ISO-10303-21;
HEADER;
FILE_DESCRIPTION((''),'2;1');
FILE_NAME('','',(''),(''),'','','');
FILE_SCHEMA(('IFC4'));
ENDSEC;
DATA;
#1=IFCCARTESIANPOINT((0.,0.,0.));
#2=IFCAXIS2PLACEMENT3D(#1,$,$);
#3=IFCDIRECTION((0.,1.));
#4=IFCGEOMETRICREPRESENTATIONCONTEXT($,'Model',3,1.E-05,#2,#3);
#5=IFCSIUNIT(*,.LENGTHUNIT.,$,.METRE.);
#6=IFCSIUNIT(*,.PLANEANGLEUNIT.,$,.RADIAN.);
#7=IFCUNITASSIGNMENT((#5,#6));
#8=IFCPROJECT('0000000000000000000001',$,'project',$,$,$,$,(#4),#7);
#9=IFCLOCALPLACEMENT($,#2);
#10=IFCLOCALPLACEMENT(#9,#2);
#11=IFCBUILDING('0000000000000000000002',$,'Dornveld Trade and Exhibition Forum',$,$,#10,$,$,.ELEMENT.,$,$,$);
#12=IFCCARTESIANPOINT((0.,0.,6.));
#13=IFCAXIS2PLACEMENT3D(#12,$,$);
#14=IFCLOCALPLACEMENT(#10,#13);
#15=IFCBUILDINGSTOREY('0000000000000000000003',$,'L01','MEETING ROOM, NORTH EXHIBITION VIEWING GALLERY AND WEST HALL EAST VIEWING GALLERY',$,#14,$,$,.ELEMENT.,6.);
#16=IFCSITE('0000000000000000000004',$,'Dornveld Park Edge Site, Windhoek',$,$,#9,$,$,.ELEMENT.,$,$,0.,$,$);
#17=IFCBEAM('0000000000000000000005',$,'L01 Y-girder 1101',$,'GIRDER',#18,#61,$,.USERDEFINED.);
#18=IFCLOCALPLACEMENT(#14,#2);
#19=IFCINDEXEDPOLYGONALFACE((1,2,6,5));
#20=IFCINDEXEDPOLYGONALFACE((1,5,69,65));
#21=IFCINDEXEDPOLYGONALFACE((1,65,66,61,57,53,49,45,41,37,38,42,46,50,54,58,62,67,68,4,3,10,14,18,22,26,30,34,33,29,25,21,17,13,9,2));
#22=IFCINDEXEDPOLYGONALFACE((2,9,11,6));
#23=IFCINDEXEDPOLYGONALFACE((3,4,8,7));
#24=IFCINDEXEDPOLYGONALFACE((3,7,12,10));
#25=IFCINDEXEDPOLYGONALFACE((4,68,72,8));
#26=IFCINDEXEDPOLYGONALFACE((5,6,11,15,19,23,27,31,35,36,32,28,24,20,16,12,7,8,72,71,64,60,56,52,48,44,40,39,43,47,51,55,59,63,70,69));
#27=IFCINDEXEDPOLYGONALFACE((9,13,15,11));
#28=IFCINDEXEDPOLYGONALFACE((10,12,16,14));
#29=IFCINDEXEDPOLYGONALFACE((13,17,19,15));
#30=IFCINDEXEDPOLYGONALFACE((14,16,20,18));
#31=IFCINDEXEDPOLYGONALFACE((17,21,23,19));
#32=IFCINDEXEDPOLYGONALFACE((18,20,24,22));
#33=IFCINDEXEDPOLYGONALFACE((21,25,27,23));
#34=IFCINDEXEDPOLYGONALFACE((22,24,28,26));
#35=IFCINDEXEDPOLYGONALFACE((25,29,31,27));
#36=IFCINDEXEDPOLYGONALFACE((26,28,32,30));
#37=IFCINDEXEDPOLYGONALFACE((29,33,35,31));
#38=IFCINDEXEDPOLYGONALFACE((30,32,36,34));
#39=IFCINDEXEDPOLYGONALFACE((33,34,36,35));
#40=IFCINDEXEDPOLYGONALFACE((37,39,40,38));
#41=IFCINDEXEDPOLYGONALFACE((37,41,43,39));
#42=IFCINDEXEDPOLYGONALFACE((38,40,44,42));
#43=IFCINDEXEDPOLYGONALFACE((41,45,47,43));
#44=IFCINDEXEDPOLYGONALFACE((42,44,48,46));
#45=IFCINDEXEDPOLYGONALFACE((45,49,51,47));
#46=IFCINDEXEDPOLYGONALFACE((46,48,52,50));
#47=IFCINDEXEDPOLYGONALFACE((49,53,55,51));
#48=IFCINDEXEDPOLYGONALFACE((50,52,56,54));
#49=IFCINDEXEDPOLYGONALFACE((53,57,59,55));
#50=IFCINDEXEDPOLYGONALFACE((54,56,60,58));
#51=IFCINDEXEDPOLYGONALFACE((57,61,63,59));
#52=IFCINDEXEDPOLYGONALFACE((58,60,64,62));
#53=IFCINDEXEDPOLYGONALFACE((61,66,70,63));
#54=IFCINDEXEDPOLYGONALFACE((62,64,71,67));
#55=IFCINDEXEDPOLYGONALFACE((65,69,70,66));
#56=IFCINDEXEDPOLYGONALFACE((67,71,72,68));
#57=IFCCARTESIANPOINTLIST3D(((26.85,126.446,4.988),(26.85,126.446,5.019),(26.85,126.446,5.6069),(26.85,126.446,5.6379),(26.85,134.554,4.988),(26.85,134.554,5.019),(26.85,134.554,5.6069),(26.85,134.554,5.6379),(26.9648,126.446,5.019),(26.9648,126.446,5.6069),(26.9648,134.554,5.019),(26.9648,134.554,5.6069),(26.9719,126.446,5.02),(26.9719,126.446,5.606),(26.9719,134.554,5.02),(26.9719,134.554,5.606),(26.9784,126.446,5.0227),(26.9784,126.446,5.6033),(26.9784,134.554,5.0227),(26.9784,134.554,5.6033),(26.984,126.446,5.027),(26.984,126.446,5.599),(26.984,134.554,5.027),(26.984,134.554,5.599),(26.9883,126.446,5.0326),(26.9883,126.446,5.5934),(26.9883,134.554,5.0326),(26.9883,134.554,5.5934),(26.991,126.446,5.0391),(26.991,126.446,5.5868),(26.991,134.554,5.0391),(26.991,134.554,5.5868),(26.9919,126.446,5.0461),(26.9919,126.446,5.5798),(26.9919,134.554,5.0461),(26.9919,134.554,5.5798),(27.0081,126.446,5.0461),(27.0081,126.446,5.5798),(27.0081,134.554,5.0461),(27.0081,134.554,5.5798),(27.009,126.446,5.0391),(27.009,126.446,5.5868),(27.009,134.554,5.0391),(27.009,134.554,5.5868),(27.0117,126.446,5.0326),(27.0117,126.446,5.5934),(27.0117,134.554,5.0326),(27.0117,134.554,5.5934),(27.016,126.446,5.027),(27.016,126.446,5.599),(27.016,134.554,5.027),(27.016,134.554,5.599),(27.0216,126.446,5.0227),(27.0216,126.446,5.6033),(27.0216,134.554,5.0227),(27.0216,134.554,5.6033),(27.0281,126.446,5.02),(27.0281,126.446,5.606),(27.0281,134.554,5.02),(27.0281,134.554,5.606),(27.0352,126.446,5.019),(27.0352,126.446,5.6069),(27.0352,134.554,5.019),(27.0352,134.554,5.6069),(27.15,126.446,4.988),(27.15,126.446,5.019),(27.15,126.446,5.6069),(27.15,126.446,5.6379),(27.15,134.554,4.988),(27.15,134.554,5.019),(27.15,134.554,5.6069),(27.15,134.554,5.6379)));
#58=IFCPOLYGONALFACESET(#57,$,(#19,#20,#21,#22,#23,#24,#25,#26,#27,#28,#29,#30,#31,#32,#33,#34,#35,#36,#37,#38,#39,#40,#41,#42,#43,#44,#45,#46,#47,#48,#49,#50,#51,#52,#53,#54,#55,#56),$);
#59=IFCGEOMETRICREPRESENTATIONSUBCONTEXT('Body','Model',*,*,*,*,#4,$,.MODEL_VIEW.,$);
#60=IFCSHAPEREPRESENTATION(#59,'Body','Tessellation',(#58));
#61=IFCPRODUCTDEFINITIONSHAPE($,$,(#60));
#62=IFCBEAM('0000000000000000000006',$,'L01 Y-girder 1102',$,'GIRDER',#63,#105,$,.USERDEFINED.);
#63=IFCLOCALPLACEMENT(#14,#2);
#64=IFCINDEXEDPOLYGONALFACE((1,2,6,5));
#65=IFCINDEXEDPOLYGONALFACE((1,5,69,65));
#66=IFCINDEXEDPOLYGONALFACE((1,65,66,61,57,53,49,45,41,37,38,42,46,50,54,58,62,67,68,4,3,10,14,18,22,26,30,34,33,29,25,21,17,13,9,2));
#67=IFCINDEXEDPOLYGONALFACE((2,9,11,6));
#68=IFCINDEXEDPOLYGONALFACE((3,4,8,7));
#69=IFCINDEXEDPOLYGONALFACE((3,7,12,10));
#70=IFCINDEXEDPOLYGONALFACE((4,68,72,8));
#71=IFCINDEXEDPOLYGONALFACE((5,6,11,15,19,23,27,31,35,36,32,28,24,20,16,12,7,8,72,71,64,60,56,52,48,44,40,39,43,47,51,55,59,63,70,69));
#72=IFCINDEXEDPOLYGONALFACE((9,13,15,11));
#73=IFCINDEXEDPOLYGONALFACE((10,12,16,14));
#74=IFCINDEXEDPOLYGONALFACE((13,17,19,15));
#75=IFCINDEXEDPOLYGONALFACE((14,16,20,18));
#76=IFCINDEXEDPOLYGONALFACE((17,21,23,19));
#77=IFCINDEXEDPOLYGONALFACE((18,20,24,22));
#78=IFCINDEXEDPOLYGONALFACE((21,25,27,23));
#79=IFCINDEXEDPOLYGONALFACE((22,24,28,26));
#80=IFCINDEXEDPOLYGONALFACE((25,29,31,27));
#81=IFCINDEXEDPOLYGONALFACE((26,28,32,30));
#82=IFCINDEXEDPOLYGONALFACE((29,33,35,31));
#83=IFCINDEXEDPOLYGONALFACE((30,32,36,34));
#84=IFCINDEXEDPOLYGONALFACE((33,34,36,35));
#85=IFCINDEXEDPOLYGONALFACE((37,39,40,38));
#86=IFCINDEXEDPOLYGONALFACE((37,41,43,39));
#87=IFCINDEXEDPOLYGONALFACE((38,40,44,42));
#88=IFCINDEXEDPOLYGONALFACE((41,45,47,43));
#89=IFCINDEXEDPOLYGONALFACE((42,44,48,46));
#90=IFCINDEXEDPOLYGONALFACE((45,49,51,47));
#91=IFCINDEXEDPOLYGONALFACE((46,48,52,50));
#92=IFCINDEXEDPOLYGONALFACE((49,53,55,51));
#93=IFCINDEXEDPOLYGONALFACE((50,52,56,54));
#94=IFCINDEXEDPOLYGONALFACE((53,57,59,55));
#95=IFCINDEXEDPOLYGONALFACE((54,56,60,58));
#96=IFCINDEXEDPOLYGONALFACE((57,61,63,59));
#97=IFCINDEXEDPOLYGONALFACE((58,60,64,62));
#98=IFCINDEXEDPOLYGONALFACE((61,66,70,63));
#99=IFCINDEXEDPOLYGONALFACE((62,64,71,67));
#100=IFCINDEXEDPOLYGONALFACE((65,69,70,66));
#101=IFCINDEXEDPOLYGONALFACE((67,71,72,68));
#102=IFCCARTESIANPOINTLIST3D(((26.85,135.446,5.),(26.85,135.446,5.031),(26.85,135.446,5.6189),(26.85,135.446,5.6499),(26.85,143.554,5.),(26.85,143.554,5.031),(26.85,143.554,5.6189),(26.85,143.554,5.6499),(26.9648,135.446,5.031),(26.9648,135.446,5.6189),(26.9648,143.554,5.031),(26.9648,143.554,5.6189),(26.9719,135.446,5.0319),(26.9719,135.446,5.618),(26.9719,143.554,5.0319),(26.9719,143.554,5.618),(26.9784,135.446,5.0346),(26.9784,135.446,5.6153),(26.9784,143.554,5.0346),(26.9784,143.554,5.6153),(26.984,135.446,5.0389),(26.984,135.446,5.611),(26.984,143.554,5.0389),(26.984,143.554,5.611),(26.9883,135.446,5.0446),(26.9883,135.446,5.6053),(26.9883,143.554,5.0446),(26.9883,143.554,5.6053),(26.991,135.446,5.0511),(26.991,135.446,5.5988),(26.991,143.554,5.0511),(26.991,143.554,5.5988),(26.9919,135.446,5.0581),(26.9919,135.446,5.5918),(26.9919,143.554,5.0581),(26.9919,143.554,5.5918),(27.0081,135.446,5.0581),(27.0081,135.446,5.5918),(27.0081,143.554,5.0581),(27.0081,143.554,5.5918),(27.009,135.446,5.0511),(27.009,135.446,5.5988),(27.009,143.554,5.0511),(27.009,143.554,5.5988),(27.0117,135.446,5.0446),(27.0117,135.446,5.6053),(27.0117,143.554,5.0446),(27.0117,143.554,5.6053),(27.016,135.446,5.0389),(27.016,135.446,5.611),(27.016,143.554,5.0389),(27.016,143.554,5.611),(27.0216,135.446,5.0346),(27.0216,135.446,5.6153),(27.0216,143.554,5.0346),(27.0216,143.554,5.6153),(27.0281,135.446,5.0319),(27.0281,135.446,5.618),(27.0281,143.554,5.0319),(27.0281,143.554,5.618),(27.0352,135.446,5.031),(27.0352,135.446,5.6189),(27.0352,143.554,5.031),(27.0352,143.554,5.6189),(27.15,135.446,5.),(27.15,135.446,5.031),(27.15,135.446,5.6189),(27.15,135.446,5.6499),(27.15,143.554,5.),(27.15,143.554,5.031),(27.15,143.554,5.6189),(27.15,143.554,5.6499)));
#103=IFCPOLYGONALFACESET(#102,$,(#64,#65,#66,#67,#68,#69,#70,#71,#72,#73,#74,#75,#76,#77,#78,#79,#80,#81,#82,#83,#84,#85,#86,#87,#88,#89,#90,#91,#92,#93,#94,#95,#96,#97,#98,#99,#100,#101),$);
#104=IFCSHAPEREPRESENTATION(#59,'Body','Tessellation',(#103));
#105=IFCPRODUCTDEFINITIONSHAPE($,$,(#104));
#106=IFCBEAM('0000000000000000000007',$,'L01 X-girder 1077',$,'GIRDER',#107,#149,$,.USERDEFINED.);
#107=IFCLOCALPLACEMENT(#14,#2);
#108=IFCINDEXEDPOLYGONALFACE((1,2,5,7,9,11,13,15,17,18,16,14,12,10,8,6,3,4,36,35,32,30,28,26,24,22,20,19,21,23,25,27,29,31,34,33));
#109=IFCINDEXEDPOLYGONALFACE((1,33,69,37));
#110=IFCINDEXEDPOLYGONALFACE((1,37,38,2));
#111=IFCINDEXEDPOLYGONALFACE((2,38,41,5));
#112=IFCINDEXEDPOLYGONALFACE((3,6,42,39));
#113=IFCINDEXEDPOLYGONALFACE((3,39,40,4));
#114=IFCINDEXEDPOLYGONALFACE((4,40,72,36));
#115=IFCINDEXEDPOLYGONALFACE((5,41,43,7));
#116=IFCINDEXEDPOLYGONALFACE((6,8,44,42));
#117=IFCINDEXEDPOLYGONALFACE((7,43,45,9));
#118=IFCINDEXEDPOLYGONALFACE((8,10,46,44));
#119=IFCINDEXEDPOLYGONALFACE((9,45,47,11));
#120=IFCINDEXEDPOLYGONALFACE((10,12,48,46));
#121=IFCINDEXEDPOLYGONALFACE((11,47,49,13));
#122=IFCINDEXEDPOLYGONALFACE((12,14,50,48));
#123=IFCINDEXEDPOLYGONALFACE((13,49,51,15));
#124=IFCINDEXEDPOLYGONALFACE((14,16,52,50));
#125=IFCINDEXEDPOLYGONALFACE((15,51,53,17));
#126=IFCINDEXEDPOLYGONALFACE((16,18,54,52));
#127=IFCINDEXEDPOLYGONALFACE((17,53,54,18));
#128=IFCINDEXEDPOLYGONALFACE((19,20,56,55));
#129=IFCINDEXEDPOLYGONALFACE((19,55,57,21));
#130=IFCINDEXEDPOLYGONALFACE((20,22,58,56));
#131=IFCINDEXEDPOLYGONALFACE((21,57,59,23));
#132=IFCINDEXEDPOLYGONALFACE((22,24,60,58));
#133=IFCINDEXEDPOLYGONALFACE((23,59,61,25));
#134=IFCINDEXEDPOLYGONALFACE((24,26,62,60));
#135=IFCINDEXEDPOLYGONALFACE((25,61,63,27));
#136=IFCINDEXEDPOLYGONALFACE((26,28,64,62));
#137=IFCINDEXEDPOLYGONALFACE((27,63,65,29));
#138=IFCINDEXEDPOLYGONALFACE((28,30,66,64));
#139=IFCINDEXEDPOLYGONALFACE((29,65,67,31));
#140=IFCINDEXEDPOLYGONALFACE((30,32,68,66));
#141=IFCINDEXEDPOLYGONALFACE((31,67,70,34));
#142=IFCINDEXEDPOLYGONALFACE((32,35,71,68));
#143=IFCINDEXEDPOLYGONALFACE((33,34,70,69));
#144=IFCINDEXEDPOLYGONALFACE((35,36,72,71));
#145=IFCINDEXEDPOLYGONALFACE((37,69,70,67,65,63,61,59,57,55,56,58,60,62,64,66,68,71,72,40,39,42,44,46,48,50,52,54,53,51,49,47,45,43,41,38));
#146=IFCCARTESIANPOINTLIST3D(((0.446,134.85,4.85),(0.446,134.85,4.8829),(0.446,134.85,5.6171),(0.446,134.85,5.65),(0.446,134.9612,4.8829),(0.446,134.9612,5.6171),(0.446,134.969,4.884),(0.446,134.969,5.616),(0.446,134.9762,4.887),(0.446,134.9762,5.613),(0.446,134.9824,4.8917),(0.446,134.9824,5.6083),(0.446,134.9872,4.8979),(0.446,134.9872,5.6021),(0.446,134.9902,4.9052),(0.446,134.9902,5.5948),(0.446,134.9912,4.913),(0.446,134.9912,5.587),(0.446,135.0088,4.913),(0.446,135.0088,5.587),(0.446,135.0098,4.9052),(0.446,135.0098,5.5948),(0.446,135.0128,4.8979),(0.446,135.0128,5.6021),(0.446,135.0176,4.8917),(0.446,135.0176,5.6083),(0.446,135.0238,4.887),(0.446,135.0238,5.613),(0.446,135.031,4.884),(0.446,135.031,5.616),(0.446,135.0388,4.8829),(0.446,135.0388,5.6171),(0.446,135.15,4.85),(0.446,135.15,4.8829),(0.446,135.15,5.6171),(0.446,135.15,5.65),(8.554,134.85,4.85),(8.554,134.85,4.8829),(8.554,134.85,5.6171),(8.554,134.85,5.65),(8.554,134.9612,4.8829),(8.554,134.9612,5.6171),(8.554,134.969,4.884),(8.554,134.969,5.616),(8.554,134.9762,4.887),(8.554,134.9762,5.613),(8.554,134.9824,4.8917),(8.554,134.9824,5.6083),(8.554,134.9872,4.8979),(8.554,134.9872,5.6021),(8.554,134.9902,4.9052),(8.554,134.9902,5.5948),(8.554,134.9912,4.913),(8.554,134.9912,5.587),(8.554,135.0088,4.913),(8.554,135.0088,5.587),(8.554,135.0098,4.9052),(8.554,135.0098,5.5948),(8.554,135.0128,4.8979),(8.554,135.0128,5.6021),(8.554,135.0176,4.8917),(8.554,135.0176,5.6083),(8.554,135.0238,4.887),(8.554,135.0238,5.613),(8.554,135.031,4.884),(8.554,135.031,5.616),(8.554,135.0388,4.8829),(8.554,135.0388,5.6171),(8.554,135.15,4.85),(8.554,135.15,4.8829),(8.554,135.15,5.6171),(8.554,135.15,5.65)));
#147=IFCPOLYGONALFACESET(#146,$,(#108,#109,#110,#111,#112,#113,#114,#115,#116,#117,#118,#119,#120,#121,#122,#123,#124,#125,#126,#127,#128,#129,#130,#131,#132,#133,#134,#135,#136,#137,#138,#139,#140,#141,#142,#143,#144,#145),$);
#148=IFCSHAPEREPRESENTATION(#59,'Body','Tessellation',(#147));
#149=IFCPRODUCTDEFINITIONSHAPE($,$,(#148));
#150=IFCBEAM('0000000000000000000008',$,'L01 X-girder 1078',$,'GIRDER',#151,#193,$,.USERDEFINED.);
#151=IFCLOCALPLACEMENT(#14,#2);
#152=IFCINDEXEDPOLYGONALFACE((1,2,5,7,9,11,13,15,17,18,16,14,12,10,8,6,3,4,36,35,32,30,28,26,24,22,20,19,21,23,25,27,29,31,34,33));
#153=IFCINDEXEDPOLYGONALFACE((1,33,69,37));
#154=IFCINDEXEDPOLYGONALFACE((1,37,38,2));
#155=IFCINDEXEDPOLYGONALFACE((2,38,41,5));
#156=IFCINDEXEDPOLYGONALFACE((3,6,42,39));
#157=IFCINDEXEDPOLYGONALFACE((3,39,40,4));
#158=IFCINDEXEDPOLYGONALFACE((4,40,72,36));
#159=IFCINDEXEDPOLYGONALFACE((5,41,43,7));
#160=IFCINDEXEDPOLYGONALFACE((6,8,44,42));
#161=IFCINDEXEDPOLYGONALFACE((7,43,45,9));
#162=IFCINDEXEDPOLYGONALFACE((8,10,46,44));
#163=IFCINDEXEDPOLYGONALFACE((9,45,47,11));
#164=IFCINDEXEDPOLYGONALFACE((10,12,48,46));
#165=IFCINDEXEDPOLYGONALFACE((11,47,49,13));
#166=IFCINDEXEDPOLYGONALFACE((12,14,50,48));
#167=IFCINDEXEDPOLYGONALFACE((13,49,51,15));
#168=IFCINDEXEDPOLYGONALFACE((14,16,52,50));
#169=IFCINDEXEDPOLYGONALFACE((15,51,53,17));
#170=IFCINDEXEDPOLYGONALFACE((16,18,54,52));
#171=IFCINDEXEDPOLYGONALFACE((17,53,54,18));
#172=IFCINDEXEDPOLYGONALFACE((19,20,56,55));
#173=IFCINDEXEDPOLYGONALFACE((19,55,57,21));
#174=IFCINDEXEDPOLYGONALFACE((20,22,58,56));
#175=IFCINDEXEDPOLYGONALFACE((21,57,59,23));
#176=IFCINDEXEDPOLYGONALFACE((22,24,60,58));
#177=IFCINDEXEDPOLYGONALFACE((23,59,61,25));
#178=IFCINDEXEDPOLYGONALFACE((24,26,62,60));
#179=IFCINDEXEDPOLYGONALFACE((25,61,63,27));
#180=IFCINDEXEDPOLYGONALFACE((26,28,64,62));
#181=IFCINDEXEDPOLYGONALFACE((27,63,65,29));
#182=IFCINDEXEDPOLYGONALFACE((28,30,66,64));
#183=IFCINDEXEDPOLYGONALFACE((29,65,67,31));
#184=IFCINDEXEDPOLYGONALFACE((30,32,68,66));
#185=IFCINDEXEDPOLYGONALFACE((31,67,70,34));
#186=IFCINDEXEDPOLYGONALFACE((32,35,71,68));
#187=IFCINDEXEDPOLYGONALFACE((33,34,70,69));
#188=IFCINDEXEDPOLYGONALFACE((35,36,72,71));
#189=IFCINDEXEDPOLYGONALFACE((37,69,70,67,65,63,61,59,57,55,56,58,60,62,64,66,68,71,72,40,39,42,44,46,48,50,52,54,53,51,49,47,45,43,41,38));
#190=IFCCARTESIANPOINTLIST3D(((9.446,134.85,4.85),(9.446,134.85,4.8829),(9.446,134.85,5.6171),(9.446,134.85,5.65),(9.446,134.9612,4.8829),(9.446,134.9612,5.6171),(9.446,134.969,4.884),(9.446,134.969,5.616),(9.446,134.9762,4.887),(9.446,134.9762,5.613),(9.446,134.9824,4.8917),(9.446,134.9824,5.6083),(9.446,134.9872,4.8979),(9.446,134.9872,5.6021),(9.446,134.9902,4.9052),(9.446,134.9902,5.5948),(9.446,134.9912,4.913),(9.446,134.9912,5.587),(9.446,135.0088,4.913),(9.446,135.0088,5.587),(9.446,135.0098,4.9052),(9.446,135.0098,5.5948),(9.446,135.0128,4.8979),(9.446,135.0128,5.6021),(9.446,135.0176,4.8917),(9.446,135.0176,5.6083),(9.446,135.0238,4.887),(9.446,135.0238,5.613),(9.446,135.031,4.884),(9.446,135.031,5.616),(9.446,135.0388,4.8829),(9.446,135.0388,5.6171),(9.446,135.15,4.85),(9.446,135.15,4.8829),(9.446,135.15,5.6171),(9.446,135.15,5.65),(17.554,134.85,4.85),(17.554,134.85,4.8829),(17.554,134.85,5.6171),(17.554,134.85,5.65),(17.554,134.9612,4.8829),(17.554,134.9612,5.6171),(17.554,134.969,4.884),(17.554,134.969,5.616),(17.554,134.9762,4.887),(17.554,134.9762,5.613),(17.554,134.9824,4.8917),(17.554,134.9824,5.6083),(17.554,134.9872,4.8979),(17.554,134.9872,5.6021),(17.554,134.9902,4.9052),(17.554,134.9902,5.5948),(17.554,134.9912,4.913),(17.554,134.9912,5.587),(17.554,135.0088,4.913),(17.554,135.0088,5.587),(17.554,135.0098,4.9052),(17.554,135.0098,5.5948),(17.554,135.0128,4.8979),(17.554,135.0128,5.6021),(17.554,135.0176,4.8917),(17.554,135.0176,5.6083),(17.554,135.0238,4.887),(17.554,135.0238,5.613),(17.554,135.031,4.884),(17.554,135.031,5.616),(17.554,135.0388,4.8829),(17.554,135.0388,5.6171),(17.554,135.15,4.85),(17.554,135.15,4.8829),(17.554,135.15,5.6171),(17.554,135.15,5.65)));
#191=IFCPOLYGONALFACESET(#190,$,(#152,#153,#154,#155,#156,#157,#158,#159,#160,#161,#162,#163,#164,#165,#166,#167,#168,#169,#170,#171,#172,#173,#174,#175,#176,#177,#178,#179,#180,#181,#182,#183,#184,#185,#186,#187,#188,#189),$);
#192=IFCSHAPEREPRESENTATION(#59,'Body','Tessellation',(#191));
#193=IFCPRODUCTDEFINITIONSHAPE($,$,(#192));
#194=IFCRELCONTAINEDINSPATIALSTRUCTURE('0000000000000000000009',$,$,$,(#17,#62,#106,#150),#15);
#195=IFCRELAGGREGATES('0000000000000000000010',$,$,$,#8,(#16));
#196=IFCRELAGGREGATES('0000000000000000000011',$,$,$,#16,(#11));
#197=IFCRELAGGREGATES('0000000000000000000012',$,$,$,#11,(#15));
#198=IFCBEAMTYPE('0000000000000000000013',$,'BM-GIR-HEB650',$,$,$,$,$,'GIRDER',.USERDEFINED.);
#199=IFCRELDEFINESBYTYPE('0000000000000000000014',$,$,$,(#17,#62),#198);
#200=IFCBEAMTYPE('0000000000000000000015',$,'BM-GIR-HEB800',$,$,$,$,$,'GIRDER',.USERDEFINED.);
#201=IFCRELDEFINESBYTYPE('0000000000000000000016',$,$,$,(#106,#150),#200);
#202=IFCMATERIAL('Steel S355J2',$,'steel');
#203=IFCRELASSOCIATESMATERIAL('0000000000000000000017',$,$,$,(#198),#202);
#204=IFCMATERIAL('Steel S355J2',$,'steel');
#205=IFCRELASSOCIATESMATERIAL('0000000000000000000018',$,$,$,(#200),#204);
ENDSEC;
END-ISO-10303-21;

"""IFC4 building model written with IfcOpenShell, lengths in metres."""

from ifc_helpers import new_model, si_unit, direction, frame, origin, origin_2d, place, context, subcontext, project, spatial, i_section, extrude, material, material_profile, profile_set, type_object, element, save


model = new_model("IFC4")

# Units and contexts
model_context = context("Model", 3, precision=1e-05, world=origin(), true_north=direction((0.0, 1.0)))
body_context = subcontext(model_context, "Body", "Model", "MODEL_VIEW")
ifc_project = project(units=[si_unit("LENGTHUNIT", "METRE"), si_unit("PLANEANGLEUNIT", "RADIAN")], contexts=[model_context])

# Site, building, storey
site_placement = place(None, origin())
site = spatial("IfcSite", under=ifc_project, at=site_placement, Name="Dornveld Park Edge Site, Windhoek", CompositionType="ELEMENT", RefElevation=0.0)
building_placement = place(site_placement, origin())
building = spatial("IfcBuilding", under=site, at=building_placement, Name="Dornveld Trade and Exhibition Forum", CompositionType="ELEMENT")
storey_placement = place(building_placement, frame((0.0, 0.0, 6.0)))
storey = spatial("IfcBuildingStorey", under=building, at=storey_placement, Name="L01", Description="MEETING ROOM, NORTH EXHIBITION VIEWING GALLERY AND WEST HALL EAST VIEWING GALLERY", CompositionType="ELEMENT", Elevation=6.0)

# Beams
ifc_material_1 = material(Name="Steel S355J2", Category="steel")
ifc_material_profile_1 = material_profile(ifc_material_1, i_section(OverallWidth=0.3, OverallDepth=0.6499, WebThickness=0.0161, FlangeThickness=0.031, FilletRadius=0.0271, at=origin_2d()), Name="HEB 650")
ifc_profile_set_1 = profile_set([ifc_material_profile_1], Name="Steel S355J2")
beam_type_1 = type_object("IfcBeamType", Name="BM-GIR-HEB650", ElementType="GIRDER", PredefinedType="USERDEFINED", material=ifc_profile_set_1)
for number, where, z_axis, x_axis, name in (
    (1, (27.0, 126.446, 5.313), (0.0, 1.0, 0.0), (-1.0, 0.0, 0.0), "L01 Y-girder 1101"),
    (2, (27.0, 135.446, 5.325), (0.0, 1.0, 0.0), (-1.0, 0.0, 0.0), "L01 Y-girder 1102"),
):
    element("IfcBeam", number, at=place(storey_placement, frame(where, z_axis=z_axis, x_axis=x_axis)), inside=storey, type_object=beam_type_1, Name=name, ObjectType="GIRDER", PredefinedType="USERDEFINED", context=body_context, shape_type="SweptSolid", body=[
        extrude(i_section(OverallWidth=0.3, OverallDepth=0.6499, WebThickness=0.0161, FlangeThickness=0.031, FilletRadius=0.0271, at=origin_2d()), origin(), (0.0, 0.0, 1.0), 8.1079),
    ])
ifc_material_2 = material(Name="Steel S355J2", Category="steel")
ifc_material_profile_2 = material_profile(ifc_material_2, i_section(OverallWidth=0.3, OverallDepth=0.8, WebThickness=0.0176, FlangeThickness=0.033, FilletRadius=0.03, at=origin_2d()), Name="HEB 800")
ifc_profile_set_2 = profile_set([ifc_material_profile_2], Name="Steel S355J2")
beam_type_2 = type_object("IfcBeamType", Name="BM-GIR-HEB800", ElementType="GIRDER", PredefinedType="USERDEFINED", material=ifc_profile_set_2)
for number, where, z_axis, x_axis, name in (
    (3, (0.446, 135.0, 5.25), (1.0, 0.0, 0.0), (0.0, 1.0, 0.0), "L01 X-girder 1077"),
    (4, (9.446, 135.0, 5.25), (1.0, 0.0, 0.0), (0.0, 1.0, 0.0), "L01 X-girder 1078"),
):
    element("IfcBeam", number, at=place(storey_placement, frame(where, z_axis=z_axis, x_axis=x_axis)), inside=storey, type_object=beam_type_2, Name=name, ObjectType="GIRDER", PredefinedType="USERDEFINED", context=body_context, shape_type="SweptSolid", body=[
        extrude(i_section(OverallWidth=0.3, OverallDepth=0.8, WebThickness=0.0176, FlangeThickness=0.033, FilletRadius=0.03, at=origin_2d()), origin(), (0.0, 0.0, 1.0), 8.1079),
    ])

save(model, "model.ifc")
